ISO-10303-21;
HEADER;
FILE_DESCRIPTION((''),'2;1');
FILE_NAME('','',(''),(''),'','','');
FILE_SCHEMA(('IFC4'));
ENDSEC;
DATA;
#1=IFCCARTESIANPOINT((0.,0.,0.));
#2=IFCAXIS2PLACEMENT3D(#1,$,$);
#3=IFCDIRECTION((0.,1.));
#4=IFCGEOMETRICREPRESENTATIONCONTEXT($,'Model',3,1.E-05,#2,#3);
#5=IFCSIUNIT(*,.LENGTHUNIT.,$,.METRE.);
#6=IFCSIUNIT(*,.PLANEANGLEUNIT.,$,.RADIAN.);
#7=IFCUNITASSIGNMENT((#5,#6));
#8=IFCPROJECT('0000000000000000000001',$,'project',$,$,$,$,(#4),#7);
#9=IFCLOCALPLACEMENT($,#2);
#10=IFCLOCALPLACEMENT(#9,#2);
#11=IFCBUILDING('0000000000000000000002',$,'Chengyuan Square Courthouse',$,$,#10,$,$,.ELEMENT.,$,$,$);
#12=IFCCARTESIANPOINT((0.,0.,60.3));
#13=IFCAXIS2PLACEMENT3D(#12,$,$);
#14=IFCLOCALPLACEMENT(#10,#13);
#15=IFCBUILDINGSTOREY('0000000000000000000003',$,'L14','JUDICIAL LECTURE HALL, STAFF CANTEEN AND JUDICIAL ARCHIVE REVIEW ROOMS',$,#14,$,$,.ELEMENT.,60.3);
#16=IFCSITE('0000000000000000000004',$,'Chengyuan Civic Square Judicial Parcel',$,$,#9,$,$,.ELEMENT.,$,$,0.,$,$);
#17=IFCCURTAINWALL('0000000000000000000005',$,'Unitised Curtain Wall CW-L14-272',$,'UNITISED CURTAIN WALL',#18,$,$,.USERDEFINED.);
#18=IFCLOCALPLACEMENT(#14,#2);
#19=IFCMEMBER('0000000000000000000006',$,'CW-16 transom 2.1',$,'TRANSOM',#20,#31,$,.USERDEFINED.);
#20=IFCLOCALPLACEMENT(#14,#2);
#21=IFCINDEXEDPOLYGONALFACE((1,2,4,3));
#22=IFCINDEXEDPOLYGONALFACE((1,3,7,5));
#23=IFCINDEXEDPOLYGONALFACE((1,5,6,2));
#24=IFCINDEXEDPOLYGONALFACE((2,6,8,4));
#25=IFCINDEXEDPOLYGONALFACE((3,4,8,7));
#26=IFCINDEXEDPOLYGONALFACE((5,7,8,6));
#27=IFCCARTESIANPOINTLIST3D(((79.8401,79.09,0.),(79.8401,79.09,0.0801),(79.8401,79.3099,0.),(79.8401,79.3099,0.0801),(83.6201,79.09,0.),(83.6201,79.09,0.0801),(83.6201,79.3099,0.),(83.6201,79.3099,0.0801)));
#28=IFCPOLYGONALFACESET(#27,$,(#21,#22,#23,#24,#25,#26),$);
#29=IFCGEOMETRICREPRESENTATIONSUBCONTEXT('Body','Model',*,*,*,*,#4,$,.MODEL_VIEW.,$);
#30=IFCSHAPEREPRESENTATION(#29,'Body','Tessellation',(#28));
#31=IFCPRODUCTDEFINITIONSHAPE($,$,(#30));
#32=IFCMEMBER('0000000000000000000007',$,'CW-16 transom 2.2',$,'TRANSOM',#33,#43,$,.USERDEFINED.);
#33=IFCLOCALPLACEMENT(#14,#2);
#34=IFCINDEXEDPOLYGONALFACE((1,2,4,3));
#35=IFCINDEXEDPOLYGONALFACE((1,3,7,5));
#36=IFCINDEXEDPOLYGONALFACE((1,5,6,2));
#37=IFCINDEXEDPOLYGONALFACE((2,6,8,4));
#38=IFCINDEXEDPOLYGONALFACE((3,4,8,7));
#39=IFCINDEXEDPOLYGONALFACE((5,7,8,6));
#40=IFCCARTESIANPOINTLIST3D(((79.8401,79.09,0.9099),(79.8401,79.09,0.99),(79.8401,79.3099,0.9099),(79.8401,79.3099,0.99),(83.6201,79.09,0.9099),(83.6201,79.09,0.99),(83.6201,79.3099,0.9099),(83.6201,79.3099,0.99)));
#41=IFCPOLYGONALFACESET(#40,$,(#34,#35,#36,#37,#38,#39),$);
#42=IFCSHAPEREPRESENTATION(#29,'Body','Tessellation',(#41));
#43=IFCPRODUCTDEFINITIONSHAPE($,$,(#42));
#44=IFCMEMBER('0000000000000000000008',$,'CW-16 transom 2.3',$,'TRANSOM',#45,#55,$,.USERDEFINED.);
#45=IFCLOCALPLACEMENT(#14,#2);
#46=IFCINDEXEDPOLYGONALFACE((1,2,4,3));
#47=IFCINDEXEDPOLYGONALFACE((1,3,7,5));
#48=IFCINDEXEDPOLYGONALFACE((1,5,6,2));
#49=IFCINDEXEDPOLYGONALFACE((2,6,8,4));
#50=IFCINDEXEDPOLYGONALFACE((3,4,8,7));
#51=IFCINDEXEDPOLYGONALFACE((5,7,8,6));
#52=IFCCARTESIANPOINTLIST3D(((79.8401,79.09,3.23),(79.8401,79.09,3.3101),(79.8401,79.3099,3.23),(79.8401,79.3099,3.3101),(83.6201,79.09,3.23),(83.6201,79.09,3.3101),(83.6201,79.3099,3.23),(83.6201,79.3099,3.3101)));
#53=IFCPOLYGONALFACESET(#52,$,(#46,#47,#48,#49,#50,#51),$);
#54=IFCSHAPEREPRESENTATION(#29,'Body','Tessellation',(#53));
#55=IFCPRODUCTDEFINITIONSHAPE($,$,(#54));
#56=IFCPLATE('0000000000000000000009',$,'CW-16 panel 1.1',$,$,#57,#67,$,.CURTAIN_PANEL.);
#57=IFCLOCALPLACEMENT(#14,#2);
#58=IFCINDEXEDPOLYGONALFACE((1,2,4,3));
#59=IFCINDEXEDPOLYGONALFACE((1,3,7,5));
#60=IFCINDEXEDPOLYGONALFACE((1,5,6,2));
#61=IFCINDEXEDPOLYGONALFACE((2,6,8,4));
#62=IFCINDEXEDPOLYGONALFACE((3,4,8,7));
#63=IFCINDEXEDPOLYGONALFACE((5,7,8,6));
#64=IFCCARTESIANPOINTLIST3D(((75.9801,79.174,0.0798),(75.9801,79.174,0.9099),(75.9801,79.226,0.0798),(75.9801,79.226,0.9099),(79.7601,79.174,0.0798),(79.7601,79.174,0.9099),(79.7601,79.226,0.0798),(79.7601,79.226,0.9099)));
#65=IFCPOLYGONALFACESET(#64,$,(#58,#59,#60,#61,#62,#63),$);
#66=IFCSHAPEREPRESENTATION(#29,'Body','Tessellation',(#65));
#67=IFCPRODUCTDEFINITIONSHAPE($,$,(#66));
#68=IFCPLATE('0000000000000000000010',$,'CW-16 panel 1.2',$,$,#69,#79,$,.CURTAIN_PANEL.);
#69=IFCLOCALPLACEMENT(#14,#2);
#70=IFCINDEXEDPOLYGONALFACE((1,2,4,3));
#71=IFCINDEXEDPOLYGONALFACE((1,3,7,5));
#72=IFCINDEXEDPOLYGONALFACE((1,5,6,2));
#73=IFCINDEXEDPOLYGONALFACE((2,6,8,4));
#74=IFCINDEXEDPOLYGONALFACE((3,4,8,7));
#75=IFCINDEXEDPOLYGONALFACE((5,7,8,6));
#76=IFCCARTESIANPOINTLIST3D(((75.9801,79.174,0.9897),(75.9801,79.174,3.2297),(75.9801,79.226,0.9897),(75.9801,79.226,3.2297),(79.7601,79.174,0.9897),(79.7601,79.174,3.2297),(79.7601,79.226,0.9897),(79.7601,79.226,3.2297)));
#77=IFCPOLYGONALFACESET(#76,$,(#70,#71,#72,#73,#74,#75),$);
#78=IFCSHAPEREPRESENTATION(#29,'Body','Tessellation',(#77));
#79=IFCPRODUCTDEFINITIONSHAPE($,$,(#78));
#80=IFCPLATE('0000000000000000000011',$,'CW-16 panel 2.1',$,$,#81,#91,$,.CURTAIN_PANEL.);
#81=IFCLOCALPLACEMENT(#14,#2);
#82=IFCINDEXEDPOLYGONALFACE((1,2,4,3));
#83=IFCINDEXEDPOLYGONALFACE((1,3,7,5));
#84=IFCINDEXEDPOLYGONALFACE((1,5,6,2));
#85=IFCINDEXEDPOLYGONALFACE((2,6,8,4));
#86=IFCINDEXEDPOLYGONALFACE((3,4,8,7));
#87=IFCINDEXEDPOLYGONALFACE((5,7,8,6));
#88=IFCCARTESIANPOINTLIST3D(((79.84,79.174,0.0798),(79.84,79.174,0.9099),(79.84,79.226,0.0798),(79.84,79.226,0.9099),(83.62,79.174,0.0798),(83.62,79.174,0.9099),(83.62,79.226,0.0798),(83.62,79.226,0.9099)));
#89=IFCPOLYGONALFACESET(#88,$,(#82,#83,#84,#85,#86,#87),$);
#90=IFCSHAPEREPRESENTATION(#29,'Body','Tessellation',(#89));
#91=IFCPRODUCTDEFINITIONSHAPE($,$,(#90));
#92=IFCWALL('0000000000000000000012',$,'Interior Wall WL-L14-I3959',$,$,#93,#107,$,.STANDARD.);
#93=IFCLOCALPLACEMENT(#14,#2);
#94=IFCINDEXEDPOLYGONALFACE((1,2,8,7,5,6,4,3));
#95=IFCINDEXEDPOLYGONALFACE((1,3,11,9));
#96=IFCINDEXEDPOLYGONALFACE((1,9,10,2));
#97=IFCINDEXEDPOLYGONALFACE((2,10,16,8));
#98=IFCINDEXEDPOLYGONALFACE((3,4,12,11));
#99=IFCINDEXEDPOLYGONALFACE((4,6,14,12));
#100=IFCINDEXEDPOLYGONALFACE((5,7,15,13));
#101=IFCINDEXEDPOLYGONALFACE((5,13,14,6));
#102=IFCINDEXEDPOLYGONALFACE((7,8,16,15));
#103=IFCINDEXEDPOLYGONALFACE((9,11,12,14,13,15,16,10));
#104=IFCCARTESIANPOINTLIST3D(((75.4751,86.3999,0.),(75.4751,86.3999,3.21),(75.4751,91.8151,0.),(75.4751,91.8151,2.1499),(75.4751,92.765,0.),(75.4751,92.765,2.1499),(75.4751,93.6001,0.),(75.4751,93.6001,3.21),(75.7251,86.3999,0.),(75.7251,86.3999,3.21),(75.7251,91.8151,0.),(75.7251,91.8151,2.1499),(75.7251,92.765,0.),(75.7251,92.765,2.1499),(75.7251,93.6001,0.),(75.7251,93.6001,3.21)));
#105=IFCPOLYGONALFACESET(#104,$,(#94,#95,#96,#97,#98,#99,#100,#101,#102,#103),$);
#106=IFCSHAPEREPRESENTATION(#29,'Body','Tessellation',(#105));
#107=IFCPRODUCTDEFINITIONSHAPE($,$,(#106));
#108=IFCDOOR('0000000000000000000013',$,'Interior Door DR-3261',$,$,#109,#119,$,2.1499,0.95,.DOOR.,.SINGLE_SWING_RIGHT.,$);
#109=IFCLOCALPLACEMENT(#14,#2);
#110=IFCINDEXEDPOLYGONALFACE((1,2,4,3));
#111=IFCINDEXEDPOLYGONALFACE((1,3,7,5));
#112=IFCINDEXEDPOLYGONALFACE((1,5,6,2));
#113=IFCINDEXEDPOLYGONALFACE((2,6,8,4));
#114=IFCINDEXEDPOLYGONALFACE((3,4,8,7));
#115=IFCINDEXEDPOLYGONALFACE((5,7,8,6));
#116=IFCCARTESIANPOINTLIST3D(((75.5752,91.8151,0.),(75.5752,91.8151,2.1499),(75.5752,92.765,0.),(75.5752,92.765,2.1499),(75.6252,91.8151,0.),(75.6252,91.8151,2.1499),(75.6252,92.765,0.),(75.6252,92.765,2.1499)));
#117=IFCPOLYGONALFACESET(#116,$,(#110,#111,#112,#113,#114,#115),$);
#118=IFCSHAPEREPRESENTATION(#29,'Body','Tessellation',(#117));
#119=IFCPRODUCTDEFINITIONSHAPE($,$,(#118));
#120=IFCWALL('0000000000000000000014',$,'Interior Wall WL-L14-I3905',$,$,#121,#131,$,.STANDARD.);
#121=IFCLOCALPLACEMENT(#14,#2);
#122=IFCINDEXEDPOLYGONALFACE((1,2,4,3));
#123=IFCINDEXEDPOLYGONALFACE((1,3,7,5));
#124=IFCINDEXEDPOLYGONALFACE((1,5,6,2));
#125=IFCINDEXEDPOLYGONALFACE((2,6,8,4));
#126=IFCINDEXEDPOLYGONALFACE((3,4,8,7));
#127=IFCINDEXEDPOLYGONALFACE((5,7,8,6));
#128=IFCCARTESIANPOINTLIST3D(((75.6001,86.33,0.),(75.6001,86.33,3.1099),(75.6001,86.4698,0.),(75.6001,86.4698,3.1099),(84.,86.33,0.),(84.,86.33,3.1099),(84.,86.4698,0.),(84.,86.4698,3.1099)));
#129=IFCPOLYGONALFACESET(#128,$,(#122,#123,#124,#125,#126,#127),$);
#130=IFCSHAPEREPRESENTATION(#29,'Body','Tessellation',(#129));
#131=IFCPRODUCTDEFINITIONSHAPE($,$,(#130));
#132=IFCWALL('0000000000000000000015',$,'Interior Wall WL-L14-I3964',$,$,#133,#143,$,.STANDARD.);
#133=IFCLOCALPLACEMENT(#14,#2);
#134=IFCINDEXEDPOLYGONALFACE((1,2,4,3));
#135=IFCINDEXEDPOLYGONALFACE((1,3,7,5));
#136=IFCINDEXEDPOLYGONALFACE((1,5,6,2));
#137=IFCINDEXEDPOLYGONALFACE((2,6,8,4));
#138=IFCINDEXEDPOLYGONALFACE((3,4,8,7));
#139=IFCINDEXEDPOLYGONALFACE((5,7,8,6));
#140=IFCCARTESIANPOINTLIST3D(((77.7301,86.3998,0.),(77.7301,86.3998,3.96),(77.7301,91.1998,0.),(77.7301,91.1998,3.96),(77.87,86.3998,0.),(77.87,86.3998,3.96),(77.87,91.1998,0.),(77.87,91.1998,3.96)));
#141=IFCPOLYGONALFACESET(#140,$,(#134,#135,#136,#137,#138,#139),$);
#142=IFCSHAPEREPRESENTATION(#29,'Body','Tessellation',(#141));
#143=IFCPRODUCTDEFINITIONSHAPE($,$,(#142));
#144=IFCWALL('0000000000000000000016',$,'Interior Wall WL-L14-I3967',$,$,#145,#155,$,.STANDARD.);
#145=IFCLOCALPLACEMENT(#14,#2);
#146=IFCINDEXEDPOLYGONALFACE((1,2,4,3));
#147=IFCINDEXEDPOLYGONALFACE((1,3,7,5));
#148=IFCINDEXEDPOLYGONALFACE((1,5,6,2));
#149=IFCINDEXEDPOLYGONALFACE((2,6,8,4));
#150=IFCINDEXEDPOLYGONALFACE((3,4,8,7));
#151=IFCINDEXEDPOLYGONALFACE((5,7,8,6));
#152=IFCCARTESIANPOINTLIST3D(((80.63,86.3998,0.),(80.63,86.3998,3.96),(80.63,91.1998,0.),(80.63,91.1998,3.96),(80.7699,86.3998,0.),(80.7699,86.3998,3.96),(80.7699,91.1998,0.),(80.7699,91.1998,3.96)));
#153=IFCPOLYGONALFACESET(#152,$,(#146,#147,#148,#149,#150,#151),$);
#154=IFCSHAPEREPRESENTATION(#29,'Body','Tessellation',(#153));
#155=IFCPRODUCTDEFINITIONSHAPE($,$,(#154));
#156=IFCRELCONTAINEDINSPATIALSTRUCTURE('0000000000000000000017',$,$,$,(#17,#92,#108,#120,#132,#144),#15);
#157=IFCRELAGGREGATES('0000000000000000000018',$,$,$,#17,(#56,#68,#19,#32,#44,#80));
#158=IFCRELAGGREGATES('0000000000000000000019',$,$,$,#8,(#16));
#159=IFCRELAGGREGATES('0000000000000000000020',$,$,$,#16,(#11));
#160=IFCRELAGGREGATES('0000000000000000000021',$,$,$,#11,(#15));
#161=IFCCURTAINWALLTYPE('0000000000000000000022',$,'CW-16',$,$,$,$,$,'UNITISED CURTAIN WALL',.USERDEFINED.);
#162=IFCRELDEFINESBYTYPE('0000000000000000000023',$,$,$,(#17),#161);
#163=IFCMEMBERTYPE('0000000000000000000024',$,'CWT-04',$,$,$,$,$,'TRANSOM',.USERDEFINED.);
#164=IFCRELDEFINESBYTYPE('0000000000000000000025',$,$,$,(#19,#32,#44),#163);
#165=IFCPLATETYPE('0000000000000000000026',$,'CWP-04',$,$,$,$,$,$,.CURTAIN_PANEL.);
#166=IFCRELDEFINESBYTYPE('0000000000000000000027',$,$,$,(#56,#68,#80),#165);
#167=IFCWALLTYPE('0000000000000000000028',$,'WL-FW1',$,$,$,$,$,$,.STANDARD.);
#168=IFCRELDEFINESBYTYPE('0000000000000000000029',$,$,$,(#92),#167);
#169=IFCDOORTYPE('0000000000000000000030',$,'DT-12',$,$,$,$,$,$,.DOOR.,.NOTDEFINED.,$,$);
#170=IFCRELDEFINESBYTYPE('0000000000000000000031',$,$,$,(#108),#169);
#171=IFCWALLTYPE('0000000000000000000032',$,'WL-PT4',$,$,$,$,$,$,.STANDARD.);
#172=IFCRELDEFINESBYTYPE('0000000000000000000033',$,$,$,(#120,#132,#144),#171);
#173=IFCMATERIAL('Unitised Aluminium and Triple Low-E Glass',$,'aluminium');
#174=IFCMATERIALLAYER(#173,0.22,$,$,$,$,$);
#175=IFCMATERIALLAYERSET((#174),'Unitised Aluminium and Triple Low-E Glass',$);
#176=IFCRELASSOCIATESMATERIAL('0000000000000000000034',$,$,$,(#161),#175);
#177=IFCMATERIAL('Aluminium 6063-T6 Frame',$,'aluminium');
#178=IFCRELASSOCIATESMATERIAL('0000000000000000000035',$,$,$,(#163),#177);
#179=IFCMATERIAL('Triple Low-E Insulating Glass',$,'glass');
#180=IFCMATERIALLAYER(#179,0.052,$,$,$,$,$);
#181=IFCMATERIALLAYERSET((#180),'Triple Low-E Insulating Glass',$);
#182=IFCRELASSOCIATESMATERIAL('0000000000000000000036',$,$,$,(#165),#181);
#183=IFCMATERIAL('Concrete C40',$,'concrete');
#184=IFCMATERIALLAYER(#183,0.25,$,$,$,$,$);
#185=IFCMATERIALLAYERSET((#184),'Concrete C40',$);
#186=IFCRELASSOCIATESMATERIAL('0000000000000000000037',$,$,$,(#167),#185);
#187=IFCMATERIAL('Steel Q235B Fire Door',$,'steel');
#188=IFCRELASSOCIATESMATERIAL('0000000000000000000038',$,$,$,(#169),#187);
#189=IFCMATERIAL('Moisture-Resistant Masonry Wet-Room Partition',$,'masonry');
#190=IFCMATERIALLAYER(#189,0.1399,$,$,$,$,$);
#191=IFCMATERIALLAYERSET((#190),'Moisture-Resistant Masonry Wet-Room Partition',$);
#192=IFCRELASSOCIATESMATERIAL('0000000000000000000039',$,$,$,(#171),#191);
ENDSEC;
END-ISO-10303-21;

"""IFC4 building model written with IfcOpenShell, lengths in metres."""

from ifc_helpers import new_model, si_unit, direction, frame, frame_2d, origin, origin_2d, place, context, subcontext, project, spatial, rectangle, extrude, material, layer, layer_set, material_profile, profile_set, type_object, element, fill, aggregate, save


model = new_model("IFC4")

# Units and contexts
model_context = context("Model", 3, precision=1e-05, world=origin(), true_north=direction((0.0, 1.0)))
body_context = subcontext(model_context, "Body", "Model", "MODEL_VIEW")
ifc_project = project(units=[si_unit("LENGTHUNIT", "METRE"), si_unit("PLANEANGLEUNIT", "RADIAN")], contexts=[model_context])

# Site, building, storey
site_placement = place(None, origin())
site = spatial("IfcSite", under=ifc_project, at=site_placement, Name="Chengyuan Civic Square Judicial Parcel", CompositionType="ELEMENT", RefElevation=0.0)
building_placement = place(site_placement, origin())
building = spatial("IfcBuilding", under=site, at=building_placement, Name="Chengyuan Square Courthouse", CompositionType="ELEMENT")
storey_placement = place(building_placement, frame((0.0, 0.0, 60.3)))
storey = spatial("IfcBuildingStorey", under=building, at=storey_placement, Name="L14", Description="JUDICIAL LECTURE HALL, STAFF CANTEEN AND JUDICIAL ARCHIVE REVIEW ROOMS", CompositionType="ELEMENT", Elevation=60.3)

# Shared definitions
ifc_material_1 = material(Name="Concrete C40", Category="concrete")

# Shared definitions
ifc_material_2 = material(Name="Unitised Aluminium and Triple Low-E Glass", Category="aluminium")
ifc_layer_1 = layer(ifc_material_2, 0.22)
ifc_layer_set_1 = layer_set([ifc_layer_1], Name="Unitised Aluminium and Triple Low-E Glass")
curtain_wall_type = type_object("IfcCurtainWallType", Name="CW-16", ElementType="UNITISED CURTAIN WALL", PredefinedType="USERDEFINED", material=ifc_layer_set_1)
ifc_material_3 = material(Name="Aluminium 6063-T6 Frame", Category="aluminium")

# Curtain wall, members, plates
curtain_wall_1_placement = place(storey_placement, origin())
curtain_wall_1 = element("IfcCurtainWall", 1, at=curtain_wall_1_placement, inside=storey, type_object=curtain_wall_type, Name="Unitised Curtain Wall CW-L14-272", ObjectType="UNITISED CURTAIN WALL", PredefinedType="USERDEFINED")
ifc_material_profile_1 = material_profile(ifc_material_3, rectangle(XDim=0.22, YDim=0.0801, at=origin_2d()), Name="CW-TRN-80x180")
ifc_profile_set_1 = profile_set([ifc_material_profile_1], Name="Aluminium 6063-T6 Frame")
member_type_1 = type_object("IfcMemberType", Name="CWT-04", ElementType="TRANSOM", PredefinedType="USERDEFINED", material=ifc_profile_set_1)
member_1_placement = place(storey_placement, frame((79.8401, 79.2, 0.04), z_axis=(1.0, 0.0, 0.0), x_axis=(0.0, 1.0, 0.0)))
member_1 = element("IfcMember", 2, at=member_1_placement, type_object=member_type_1, Name="CW-16 transom 2.1", ObjectType="TRANSOM", PredefinedType="USERDEFINED", context=body_context, shape_type="SweptSolid", body=[
    extrude(rectangle(XDim=0.22, YDim=0.0801, at=origin_2d()), origin(), (0.0, 0.0, 1.0), 3.78),
])
member_2_placement = place(storey_placement, frame((79.8401, 79.2, 0.95), z_axis=(1.0, 0.0, 0.0), x_axis=(0.0, 1.0, 0.0)))
member_2 = element("IfcMember", 3, at=member_2_placement, type_object=member_type_1, Name="CW-16 transom 2.2", ObjectType="TRANSOM", PredefinedType="USERDEFINED", context=body_context, shape_type="SweptSolid", body=[
    extrude(rectangle(XDim=0.22, YDim=0.0801, at=origin_2d()), origin(), (0.0, 0.0, 1.0), 3.78),
])
member_3_placement = place(storey_placement, frame((79.8401, 79.2, 3.27), z_axis=(1.0, 0.0, 0.0), x_axis=(0.0, 1.0, 0.0)))
member_3 = element("IfcMember", 4, at=member_3_placement, type_object=member_type_1, Name="CW-16 transom 2.3", ObjectType="TRANSOM", PredefinedType="USERDEFINED", context=body_context, shape_type="SweptSolid", body=[
    extrude(rectangle(XDim=0.22, YDim=0.0801, at=origin_2d()), origin(), (0.0, 0.0, 1.0), 3.78),
])
ifc_material_4 = material(Name="Triple Low-E Insulating Glass", Category="glass")
ifc_layer_2 = layer(ifc_material_4, 0.052)
ifc_layer_set_2 = layer_set([ifc_layer_2], Name="Triple Low-E Insulating Glass")
plate_type = type_object("IfcPlateType", Name="CWP-04", PredefinedType="CURTAIN_PANEL", material=ifc_layer_set_2)
plate_1_placement = place(storey_placement, frame((77.8701, 79.2, 0.0798), z_axis=(0.0, 0.0, 1.0), x_axis=(1.0, 0.0, 0.0)))
plate_1 = element("IfcPlate", 5, at=plate_1_placement, type_object=plate_type, Name="CW-16 panel 1.1", PredefinedType="CURTAIN_PANEL", context=body_context, shape_type="SweptSolid", body=[
    extrude(rectangle(XDim=3.78, YDim=0.052, at=origin_2d()), origin(), (0.0, 0.0, 1.0), 0.8301),
])
plate_2_placement = place(storey_placement, frame((77.8701, 79.2, 0.9897), z_axis=(0.0, 0.0, 1.0), x_axis=(1.0, 0.0, 0.0)))
plate_2 = element("IfcPlate", 6, at=plate_2_placement, type_object=plate_type, Name="CW-16 panel 1.2", PredefinedType="CURTAIN_PANEL", context=body_context, shape_type="SweptSolid", body=[
    extrude(rectangle(XDim=3.78, YDim=0.052, at=origin_2d()), origin(), (0.0, 0.0, 1.0), 2.24),
])
plate_3_placement = place(storey_placement, frame((81.73, 79.2, 0.0798), z_axis=(0.0, 0.0, 1.0), x_axis=(1.0, 0.0, 0.0)))
plate_3 = element("IfcPlate", 7, at=plate_3_placement, type_object=plate_type, Name="CW-16 panel 2.1", PredefinedType="CURTAIN_PANEL", context=body_context, shape_type="SweptSolid", body=[
    extrude(rectangle(XDim=3.78, YDim=0.052, at=origin_2d()), origin(), (0.0, 0.0, 1.0), 0.8301),
])
aggregate(curtain_wall_1, [plate_1, plate_2, member_1, member_2, member_3, plate_3])

# Wall, opening, door
ifc_layer_3 = layer(ifc_material_1, 0.25)
ifc_layer_set_3 = layer_set([ifc_layer_3], Name="Concrete C40")
wall_type_1 = type_object("IfcWallType", Name="WL-FW1", PredefinedType="STANDARD", material=ifc_layer_set_3)
wall_1_placement = place(storey_placement, frame((75.6001, 86.3999, 0.0), z_axis=(0.0, 0.0, 1.0), x_axis=(0.0, 1.0, 0.0)))
wall_1 = element("IfcWall", 8, at=wall_1_placement, inside=storey, type_object=wall_type_1, Name="Interior Wall WL-L14-I3959", PredefinedType="STANDARD", context=body_context, shape_type="SweptSolid", body=[
    extrude(rectangle(XDim=7.2002, YDim=0.25, at=frame_2d((3.6001, 0.0))), origin(), (0.0, 0.0, 1.0), 3.21),
])
opening_placement = place(wall_1_placement, frame((5.415, 0.0, 0.0)))
opening = element("IfcOpeningElement", 9, at=opening_placement, cuts=wall_1, PredefinedType="OPENING", context=body_context, shape_type="SweptSolid", body=[
    extrude(rectangle(XDim=0.95, YDim=2.1499, at=frame_2d((0.4751, 1.075))), frame((0.0, 0.137, 0.0), z_axis=(0.0, -1.0, 0.0), x_axis=(1.0, 0.0, 0.0)), (0.0, 0.0, 1.0), 0.2739),
])
ifc_material_5 = material(Name="Steel Q235B Fire Door", Category="steel")
door_type = type_object("IfcDoorType", Name="DT-12", OperationType="NOTDEFINED", PredefinedType="DOOR", material=ifc_material_5)
door_placement = place(opening_placement, origin())
door = element("IfcDoor", 10, at=door_placement, inside=storey, type_object=door_type, Name="Interior Door DR-3261", OperationType="SINGLE_SWING_RIGHT", OverallHeight=2.1499, OverallWidth=0.95, PredefinedType="DOOR", context=body_context, shape_type="SweptSolid", body=[
    extrude(rectangle(XDim=0.95, YDim=2.1499, at=frame_2d((0.4751, 1.075))), frame((0.0, 0.0249, 0.0), z_axis=(0.0, -1.0, 0.0), x_axis=(1.0, 0.0, 0.0)), (0.0, 0.0, 1.0), 0.05),
])
fill(opening, door)

# Walls
ifc_material_6 = material(Name="Moisture-Resistant Masonry Wet-Room Partition", Category="masonry")
ifc_layer_4 = layer(ifc_material_6, 0.1399)
ifc_layer_set_4 = layer_set([ifc_layer_4], Name="Moisture-Resistant Masonry Wet-Room Partition")
wall_type_2 = type_object("IfcWallType", Name="WL-PT4", PredefinedType="STANDARD", material=ifc_layer_set_4)
wall_2_placement = place(storey_placement, frame((75.6001, 86.3999, 0.0), z_axis=(0.0, 0.0, 1.0), x_axis=(1.0, 0.0, 0.0)))
element("IfcWall", 11, at=wall_2_placement, inside=storey, type_object=wall_type_2, Name="Interior Wall WL-L14-I3905", PredefinedType="STANDARD", context=body_context, shape_type="SweptSolid", body=[
    extrude(rectangle(XDim=8.3999, YDim=0.1399, at=frame_2d((4.2, 0.0))), origin(), (0.0, 0.0, 1.0), 3.1099),
])
for number, where, z_axis, x_axis, name in (
    (12, (77.8, 86.3999, 0.0), (0.0, 0.0, 1.0), (0.0, 1.0, 0.0), "Interior Wall WL-L14-I3964"),
    (13, (80.7, 86.3999, 0.0), (0.0, 0.0, 1.0), (0.0, 1.0, 0.0), "Interior Wall WL-L14-I3967"),
):
    element("IfcWall", number, at=place(storey_placement, frame(where, z_axis=z_axis, x_axis=x_axis)), inside=storey, type_object=wall_type_2, Name=name, PredefinedType="STANDARD", context=body_context, shape_type="SweptSolid", body=[
        extrude(rectangle(XDim=4.8, YDim=0.1399, at=frame_2d((2.3999, 0.0))), origin(), (0.0, 0.0, 1.0), 3.96),
    ])

save(model, "model.ifc")
